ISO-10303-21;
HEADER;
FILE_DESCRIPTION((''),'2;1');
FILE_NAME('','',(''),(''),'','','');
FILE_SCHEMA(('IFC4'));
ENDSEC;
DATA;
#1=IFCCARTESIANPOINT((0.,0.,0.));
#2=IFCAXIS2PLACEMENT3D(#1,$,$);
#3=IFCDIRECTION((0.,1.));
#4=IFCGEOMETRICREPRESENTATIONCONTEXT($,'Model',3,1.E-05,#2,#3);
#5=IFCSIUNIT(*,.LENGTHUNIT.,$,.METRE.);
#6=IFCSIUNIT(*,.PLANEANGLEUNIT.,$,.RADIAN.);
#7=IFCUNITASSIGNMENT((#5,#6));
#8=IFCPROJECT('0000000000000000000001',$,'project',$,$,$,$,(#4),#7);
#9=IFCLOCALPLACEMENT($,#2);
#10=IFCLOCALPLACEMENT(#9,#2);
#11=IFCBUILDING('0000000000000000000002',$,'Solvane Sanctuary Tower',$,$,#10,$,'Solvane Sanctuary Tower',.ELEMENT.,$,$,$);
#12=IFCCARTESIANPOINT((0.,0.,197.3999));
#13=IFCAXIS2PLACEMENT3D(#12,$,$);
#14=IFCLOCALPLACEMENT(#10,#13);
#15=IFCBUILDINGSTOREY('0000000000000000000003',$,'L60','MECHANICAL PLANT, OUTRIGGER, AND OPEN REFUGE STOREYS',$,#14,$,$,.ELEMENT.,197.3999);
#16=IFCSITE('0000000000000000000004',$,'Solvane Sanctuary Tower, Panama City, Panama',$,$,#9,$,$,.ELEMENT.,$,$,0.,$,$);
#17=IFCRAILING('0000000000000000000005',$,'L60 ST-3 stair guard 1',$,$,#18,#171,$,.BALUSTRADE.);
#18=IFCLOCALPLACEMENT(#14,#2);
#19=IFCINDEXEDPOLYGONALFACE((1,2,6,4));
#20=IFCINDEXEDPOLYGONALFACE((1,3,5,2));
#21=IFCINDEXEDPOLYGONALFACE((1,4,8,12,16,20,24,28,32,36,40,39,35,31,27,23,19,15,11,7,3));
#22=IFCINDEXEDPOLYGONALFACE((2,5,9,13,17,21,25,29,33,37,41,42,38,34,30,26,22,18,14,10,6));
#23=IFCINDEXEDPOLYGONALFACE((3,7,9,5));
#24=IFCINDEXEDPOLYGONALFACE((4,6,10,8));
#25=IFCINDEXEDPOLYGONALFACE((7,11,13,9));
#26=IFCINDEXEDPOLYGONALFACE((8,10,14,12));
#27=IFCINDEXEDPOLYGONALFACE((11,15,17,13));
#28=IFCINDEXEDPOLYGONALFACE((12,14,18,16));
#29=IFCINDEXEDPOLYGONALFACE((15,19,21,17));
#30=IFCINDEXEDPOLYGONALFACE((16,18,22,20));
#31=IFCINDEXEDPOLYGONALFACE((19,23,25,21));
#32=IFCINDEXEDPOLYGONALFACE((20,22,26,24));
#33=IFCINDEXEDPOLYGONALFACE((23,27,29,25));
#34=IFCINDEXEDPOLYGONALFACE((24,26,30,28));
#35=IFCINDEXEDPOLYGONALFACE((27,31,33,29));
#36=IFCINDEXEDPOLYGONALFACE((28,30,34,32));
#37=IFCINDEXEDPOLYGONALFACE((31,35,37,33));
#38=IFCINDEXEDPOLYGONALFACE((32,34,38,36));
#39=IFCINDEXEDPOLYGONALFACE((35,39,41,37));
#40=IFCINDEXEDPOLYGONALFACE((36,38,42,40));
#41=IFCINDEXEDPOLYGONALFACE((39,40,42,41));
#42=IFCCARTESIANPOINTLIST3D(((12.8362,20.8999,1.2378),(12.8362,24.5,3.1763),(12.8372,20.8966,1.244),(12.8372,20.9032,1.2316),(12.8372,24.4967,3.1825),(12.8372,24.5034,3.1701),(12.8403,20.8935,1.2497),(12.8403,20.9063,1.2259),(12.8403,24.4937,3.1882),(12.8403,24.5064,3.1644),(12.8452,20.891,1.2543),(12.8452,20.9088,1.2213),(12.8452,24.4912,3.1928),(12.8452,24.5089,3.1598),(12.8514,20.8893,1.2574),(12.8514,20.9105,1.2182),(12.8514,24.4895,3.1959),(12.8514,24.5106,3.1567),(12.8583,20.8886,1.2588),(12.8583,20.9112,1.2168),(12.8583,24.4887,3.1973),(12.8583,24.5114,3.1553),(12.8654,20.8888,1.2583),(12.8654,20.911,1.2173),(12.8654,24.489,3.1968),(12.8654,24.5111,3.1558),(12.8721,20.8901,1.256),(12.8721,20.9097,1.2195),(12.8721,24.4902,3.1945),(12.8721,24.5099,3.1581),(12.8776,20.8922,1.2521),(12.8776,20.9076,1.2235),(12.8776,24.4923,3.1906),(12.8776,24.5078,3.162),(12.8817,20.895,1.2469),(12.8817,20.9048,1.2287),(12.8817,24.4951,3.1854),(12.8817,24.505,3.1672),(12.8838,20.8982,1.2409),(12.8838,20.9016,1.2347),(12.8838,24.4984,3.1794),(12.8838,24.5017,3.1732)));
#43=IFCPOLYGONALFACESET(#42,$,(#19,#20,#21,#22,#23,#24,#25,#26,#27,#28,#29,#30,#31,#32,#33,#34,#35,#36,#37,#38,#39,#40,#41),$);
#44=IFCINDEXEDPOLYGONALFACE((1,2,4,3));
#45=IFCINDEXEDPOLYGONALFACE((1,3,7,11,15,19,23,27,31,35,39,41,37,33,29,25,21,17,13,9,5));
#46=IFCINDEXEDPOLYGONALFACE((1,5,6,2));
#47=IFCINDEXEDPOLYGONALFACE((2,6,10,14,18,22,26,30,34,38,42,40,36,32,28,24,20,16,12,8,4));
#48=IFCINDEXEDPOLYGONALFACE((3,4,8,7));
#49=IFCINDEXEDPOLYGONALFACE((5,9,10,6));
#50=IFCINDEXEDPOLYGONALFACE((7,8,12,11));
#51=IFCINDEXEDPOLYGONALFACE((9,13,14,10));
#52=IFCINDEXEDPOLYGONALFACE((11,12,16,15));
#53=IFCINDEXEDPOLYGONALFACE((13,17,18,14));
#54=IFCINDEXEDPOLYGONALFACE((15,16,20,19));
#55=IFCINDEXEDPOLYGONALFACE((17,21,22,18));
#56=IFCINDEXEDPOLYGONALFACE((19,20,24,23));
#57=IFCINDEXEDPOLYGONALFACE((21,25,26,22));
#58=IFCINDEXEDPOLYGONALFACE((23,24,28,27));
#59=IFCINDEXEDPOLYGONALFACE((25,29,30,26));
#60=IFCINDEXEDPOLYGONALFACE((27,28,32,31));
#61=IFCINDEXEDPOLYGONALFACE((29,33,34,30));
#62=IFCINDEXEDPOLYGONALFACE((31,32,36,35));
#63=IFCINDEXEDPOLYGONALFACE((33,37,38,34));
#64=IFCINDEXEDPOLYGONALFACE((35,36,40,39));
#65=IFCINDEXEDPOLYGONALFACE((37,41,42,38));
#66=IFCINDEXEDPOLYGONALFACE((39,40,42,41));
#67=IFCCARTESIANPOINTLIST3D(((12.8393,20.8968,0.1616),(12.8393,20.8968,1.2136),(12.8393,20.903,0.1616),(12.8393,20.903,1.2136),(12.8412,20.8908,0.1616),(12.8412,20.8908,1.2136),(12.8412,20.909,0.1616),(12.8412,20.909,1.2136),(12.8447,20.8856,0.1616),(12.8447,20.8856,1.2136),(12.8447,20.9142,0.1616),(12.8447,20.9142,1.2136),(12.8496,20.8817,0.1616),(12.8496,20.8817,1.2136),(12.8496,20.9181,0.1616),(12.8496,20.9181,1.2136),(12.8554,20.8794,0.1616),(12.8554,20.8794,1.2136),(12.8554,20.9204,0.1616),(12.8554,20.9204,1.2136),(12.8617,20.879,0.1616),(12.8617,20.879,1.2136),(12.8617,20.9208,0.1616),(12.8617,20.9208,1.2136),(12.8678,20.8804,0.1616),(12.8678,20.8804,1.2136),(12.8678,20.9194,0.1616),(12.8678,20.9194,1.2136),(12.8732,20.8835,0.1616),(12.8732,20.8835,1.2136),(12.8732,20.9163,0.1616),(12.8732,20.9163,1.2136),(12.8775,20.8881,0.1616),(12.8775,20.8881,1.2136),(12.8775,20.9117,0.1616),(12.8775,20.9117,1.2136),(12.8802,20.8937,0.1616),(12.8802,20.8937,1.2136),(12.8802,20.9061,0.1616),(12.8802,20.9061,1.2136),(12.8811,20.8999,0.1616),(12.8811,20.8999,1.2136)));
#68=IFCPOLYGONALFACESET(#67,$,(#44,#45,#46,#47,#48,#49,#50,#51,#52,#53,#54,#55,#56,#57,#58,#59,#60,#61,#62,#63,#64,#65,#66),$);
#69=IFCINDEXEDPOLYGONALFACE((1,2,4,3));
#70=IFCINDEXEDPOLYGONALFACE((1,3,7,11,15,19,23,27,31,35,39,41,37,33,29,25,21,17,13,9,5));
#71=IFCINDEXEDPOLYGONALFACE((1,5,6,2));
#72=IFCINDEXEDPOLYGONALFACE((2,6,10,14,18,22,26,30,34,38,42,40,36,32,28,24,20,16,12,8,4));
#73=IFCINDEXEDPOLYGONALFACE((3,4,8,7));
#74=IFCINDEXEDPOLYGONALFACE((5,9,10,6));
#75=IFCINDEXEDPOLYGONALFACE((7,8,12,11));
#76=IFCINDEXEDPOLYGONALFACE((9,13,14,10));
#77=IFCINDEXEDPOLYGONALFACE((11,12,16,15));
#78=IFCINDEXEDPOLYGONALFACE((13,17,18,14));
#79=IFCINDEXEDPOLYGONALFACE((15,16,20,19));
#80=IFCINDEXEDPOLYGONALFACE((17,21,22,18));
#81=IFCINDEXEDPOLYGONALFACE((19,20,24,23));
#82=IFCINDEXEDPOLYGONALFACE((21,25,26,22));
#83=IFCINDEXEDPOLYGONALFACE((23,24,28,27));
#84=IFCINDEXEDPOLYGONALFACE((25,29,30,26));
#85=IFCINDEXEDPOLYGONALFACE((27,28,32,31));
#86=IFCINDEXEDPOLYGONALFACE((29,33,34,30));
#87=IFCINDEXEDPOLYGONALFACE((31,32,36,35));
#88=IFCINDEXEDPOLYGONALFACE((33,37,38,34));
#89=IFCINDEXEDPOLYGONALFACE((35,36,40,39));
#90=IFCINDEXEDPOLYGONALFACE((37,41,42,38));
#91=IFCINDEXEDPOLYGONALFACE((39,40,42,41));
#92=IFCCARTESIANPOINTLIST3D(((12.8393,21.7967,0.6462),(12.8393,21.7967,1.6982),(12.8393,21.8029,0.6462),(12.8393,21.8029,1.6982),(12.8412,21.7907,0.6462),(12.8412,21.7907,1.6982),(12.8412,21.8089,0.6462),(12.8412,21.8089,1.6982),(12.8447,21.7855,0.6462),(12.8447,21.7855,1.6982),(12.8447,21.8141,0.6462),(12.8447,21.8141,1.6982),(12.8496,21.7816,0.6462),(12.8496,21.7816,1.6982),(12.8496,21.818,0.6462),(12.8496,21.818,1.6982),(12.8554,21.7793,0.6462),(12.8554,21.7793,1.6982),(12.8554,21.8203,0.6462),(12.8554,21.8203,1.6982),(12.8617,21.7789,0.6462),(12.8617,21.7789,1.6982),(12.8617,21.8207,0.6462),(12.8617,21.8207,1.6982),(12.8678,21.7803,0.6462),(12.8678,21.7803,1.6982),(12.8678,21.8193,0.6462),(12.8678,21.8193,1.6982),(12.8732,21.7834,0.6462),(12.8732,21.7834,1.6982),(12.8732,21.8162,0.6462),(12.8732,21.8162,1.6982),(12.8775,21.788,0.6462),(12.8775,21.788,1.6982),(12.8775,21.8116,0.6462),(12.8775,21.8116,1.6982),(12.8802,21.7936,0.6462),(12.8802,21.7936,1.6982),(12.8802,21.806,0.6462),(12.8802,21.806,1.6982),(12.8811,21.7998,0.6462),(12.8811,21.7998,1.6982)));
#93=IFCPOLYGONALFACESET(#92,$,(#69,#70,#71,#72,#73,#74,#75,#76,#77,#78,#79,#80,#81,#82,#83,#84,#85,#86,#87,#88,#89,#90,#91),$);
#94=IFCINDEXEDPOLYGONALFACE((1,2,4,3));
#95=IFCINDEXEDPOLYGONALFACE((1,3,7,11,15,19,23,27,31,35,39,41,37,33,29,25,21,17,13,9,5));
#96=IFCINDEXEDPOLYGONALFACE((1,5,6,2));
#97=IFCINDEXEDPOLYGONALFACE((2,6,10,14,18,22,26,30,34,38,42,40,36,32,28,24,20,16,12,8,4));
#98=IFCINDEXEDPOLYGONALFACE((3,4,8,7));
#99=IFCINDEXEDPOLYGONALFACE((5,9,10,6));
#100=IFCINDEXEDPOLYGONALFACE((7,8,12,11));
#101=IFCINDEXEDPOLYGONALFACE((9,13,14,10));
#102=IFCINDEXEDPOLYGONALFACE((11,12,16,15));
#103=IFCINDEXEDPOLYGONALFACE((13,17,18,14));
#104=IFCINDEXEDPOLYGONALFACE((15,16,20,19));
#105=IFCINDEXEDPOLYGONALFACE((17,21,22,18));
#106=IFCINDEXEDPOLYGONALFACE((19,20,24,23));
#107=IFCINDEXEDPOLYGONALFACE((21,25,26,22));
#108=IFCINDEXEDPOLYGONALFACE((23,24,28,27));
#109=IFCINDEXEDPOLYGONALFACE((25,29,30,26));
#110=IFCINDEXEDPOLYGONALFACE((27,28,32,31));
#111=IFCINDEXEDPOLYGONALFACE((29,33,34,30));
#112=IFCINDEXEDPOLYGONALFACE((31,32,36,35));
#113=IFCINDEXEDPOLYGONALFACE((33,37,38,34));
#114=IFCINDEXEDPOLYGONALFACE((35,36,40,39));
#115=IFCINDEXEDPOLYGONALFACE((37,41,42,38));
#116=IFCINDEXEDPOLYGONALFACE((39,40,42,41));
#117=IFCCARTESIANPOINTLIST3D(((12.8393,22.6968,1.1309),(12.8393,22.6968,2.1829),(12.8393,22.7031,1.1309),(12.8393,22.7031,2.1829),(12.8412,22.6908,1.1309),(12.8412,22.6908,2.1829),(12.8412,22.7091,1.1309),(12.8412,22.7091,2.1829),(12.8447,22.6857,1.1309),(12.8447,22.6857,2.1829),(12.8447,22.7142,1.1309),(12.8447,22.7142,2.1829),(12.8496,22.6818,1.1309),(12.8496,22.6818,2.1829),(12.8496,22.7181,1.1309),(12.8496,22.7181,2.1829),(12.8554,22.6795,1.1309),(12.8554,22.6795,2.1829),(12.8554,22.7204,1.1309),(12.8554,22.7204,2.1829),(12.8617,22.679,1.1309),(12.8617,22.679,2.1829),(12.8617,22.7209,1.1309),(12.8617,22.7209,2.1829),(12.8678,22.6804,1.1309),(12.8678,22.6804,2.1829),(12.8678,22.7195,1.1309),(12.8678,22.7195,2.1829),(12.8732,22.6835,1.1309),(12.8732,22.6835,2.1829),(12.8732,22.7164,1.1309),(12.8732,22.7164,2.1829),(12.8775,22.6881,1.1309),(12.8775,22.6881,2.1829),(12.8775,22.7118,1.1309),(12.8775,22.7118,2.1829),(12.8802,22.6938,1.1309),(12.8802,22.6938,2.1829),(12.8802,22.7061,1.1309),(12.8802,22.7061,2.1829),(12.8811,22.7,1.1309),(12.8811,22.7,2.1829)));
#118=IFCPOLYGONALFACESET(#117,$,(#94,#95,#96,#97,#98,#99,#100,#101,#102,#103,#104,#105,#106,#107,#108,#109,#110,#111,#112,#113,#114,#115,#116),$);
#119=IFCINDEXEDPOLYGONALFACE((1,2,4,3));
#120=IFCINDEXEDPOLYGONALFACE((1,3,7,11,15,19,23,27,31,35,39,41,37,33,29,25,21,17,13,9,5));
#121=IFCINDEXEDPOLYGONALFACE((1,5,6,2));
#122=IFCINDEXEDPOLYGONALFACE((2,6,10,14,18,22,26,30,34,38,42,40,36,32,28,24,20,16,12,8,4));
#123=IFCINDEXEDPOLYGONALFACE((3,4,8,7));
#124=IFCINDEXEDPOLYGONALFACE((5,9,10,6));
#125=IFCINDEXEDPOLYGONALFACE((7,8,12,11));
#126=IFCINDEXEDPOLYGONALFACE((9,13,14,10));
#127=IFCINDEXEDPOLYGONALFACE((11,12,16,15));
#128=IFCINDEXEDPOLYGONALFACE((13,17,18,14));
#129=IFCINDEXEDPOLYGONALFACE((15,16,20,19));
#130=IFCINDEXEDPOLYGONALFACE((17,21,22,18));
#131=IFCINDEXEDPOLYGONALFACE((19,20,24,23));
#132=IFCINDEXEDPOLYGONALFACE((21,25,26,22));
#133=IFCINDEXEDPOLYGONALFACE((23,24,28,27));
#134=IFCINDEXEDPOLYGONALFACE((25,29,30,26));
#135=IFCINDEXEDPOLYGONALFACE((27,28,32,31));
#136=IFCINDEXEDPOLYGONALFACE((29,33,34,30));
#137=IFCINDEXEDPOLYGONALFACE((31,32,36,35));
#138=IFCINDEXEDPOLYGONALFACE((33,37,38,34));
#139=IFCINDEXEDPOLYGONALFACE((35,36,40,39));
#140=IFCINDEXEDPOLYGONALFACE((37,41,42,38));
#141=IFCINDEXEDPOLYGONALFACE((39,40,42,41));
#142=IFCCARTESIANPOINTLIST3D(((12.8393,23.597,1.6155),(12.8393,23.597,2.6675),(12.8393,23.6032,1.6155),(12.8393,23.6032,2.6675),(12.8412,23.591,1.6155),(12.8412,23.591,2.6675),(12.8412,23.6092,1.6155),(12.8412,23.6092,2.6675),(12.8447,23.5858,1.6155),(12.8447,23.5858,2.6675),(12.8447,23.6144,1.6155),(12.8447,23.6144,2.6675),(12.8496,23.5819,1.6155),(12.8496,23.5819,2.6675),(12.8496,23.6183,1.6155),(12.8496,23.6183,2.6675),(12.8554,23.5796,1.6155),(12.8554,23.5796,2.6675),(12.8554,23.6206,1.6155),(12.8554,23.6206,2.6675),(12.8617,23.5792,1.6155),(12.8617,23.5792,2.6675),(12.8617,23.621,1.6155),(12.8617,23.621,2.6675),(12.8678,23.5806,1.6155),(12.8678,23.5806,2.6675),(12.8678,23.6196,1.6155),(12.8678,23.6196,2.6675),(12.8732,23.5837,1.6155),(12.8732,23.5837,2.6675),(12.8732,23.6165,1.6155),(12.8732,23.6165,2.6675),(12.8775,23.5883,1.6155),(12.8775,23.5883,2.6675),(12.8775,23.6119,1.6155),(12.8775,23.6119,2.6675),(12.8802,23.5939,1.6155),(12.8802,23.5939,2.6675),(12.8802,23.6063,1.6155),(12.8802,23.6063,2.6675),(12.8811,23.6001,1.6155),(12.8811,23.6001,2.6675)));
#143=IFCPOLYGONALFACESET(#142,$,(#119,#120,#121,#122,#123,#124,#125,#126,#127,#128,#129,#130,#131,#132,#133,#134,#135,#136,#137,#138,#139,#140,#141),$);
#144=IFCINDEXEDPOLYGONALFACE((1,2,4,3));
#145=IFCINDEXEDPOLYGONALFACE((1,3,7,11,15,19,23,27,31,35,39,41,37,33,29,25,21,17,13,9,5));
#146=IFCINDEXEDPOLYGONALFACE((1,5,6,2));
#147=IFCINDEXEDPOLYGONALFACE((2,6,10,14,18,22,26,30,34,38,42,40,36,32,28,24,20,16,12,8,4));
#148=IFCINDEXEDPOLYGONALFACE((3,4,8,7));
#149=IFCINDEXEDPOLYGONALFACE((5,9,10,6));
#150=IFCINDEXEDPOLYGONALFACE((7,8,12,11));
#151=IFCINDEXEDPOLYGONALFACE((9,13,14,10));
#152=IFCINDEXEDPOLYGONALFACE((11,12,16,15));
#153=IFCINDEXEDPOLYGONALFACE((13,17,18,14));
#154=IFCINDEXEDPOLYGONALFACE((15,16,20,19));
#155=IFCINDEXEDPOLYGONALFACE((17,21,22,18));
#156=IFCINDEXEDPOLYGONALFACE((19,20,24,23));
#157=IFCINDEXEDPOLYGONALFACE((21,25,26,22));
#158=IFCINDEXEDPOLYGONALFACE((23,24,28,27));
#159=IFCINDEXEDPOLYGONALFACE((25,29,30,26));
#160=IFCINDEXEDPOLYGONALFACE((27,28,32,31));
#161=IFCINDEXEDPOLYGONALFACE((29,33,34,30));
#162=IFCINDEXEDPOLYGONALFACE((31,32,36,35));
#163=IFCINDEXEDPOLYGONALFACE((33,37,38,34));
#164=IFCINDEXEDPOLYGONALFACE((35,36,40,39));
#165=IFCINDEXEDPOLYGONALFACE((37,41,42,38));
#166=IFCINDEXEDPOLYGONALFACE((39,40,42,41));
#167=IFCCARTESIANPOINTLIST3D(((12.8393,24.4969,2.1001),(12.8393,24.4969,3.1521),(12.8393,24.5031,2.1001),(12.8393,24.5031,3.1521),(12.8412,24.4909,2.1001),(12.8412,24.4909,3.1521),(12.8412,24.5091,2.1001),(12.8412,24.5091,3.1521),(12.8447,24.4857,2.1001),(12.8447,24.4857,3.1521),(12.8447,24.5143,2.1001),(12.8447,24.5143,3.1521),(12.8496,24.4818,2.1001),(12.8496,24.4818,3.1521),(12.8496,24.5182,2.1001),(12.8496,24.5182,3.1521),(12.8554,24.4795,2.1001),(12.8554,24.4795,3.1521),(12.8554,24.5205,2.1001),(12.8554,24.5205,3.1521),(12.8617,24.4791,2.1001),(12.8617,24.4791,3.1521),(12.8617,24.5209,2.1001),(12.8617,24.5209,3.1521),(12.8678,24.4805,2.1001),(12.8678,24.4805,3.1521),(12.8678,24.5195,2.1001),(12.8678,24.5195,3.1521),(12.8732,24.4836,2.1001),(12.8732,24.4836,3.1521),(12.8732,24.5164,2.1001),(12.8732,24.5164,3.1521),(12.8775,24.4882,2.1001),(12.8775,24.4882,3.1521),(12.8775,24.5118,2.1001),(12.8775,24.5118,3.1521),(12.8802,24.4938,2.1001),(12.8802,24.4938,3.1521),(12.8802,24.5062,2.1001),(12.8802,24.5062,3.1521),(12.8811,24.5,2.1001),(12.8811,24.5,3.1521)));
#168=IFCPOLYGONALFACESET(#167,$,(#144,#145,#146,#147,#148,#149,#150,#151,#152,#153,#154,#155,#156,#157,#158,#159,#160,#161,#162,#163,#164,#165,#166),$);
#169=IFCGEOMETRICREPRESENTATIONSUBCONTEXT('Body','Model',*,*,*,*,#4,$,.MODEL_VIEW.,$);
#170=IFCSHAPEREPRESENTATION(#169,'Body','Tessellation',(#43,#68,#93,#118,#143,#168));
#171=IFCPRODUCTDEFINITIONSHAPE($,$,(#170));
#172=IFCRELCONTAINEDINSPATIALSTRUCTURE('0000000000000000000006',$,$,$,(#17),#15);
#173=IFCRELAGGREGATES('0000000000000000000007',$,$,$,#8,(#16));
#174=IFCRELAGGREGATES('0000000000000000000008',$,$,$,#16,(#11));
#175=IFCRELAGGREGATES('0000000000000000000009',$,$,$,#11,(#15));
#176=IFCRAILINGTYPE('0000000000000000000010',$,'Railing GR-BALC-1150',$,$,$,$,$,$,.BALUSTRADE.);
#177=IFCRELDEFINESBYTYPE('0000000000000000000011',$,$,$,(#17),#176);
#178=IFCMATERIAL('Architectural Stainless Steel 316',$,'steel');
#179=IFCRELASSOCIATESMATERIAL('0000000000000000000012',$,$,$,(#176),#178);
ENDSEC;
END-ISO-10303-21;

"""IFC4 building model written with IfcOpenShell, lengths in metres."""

from ifc_helpers import new_model, si_unit, direction, frame, origin, origin_2d, place, context, subcontext, project, spatial, circle, extrude, material, type_object, element, save


model = new_model("IFC4")

# Units and contexts
model_context = context("Model", 3, precision=1e-05, world=origin(), true_north=direction((0.0, 1.0)))
body_context = subcontext(model_context, "Body", "Model", "MODEL_VIEW")
ifc_project = project(units=[si_unit("LENGTHUNIT", "METRE"), si_unit("PLANEANGLEUNIT", "RADIAN")], contexts=[model_context])

# Site, building, storey
site_placement = place(None, origin())
site = spatial("IfcSite", under=ifc_project, at=site_placement, Name="Solvane Sanctuary Tower, Panama City, Panama", CompositionType="ELEMENT", RefElevation=0.0)
building_placement = place(site_placement, origin())
building = spatial("IfcBuilding", under=site, at=building_placement, Name="Solvane Sanctuary Tower", LongName="Solvane Sanctuary Tower", CompositionType="ELEMENT")
storey_placement = place(building_placement, frame((0.0, 0.0, 197.3999)))
storey = spatial("IfcBuildingStorey", under=building, at=storey_placement, Name="L60", Description="MECHANICAL PLANT, OUTRIGGER, AND OPEN REFUGE STOREYS", CompositionType="ELEMENT", Elevation=197.3999)

# Shared definitions
ifc_material_1 = material(Name="Architectural Stainless Steel 316", Category="steel")

# Railing
railing_type_1 = type_object("IfcRailingType", Name="Railing GR-BALC-1150", PredefinedType="BALUSTRADE", material=ifc_material_1)
railing_1_placement = place(storey_placement, frame((12.8601, 20.8999, 0.1616)))
element("IfcRailing", 1, at=railing_1_placement, inside=storey, type_object=railing_type_1, Name="L60 ST-3 stair guard 1", PredefinedType="BALUSTRADE", context=body_context, shape_type="SweptSolid", body=[
    extrude(circle(Radius=0.0239, at=origin_2d()), frame((0.0, 0.0, 1.0762), z_axis=(0.0, 0.880475, 0.474093), x_axis=(-1.0, 0.0, 0.0)), (0.0, 0.0, 1.0), 4.0889),
    extrude(circle(Radius=0.021, at=origin_2d()), origin(), (0.0, 0.0, 1.0), 1.052),
    extrude(circle(Radius=0.021, at=origin_2d()), frame((0.0, 0.8999, 0.4846)), (0.0, 0.0, 1.0), 1.052),
    extrude(circle(Radius=0.021, at=origin_2d()), frame((0.0, 1.8, 0.9692)), (0.0, 0.0, 1.0), 1.052),
    extrude(circle(Radius=0.021, at=origin_2d()), frame((0.0, 2.7002, 1.4539)), (0.0, 0.0, 1.0), 1.052),
    extrude(circle(Radius=0.021, at=origin_2d()), frame((0.0, 3.6001, 1.9385)), (0.0, 0.0, 1.0), 1.052),
])

save(model, "model.ifc")
